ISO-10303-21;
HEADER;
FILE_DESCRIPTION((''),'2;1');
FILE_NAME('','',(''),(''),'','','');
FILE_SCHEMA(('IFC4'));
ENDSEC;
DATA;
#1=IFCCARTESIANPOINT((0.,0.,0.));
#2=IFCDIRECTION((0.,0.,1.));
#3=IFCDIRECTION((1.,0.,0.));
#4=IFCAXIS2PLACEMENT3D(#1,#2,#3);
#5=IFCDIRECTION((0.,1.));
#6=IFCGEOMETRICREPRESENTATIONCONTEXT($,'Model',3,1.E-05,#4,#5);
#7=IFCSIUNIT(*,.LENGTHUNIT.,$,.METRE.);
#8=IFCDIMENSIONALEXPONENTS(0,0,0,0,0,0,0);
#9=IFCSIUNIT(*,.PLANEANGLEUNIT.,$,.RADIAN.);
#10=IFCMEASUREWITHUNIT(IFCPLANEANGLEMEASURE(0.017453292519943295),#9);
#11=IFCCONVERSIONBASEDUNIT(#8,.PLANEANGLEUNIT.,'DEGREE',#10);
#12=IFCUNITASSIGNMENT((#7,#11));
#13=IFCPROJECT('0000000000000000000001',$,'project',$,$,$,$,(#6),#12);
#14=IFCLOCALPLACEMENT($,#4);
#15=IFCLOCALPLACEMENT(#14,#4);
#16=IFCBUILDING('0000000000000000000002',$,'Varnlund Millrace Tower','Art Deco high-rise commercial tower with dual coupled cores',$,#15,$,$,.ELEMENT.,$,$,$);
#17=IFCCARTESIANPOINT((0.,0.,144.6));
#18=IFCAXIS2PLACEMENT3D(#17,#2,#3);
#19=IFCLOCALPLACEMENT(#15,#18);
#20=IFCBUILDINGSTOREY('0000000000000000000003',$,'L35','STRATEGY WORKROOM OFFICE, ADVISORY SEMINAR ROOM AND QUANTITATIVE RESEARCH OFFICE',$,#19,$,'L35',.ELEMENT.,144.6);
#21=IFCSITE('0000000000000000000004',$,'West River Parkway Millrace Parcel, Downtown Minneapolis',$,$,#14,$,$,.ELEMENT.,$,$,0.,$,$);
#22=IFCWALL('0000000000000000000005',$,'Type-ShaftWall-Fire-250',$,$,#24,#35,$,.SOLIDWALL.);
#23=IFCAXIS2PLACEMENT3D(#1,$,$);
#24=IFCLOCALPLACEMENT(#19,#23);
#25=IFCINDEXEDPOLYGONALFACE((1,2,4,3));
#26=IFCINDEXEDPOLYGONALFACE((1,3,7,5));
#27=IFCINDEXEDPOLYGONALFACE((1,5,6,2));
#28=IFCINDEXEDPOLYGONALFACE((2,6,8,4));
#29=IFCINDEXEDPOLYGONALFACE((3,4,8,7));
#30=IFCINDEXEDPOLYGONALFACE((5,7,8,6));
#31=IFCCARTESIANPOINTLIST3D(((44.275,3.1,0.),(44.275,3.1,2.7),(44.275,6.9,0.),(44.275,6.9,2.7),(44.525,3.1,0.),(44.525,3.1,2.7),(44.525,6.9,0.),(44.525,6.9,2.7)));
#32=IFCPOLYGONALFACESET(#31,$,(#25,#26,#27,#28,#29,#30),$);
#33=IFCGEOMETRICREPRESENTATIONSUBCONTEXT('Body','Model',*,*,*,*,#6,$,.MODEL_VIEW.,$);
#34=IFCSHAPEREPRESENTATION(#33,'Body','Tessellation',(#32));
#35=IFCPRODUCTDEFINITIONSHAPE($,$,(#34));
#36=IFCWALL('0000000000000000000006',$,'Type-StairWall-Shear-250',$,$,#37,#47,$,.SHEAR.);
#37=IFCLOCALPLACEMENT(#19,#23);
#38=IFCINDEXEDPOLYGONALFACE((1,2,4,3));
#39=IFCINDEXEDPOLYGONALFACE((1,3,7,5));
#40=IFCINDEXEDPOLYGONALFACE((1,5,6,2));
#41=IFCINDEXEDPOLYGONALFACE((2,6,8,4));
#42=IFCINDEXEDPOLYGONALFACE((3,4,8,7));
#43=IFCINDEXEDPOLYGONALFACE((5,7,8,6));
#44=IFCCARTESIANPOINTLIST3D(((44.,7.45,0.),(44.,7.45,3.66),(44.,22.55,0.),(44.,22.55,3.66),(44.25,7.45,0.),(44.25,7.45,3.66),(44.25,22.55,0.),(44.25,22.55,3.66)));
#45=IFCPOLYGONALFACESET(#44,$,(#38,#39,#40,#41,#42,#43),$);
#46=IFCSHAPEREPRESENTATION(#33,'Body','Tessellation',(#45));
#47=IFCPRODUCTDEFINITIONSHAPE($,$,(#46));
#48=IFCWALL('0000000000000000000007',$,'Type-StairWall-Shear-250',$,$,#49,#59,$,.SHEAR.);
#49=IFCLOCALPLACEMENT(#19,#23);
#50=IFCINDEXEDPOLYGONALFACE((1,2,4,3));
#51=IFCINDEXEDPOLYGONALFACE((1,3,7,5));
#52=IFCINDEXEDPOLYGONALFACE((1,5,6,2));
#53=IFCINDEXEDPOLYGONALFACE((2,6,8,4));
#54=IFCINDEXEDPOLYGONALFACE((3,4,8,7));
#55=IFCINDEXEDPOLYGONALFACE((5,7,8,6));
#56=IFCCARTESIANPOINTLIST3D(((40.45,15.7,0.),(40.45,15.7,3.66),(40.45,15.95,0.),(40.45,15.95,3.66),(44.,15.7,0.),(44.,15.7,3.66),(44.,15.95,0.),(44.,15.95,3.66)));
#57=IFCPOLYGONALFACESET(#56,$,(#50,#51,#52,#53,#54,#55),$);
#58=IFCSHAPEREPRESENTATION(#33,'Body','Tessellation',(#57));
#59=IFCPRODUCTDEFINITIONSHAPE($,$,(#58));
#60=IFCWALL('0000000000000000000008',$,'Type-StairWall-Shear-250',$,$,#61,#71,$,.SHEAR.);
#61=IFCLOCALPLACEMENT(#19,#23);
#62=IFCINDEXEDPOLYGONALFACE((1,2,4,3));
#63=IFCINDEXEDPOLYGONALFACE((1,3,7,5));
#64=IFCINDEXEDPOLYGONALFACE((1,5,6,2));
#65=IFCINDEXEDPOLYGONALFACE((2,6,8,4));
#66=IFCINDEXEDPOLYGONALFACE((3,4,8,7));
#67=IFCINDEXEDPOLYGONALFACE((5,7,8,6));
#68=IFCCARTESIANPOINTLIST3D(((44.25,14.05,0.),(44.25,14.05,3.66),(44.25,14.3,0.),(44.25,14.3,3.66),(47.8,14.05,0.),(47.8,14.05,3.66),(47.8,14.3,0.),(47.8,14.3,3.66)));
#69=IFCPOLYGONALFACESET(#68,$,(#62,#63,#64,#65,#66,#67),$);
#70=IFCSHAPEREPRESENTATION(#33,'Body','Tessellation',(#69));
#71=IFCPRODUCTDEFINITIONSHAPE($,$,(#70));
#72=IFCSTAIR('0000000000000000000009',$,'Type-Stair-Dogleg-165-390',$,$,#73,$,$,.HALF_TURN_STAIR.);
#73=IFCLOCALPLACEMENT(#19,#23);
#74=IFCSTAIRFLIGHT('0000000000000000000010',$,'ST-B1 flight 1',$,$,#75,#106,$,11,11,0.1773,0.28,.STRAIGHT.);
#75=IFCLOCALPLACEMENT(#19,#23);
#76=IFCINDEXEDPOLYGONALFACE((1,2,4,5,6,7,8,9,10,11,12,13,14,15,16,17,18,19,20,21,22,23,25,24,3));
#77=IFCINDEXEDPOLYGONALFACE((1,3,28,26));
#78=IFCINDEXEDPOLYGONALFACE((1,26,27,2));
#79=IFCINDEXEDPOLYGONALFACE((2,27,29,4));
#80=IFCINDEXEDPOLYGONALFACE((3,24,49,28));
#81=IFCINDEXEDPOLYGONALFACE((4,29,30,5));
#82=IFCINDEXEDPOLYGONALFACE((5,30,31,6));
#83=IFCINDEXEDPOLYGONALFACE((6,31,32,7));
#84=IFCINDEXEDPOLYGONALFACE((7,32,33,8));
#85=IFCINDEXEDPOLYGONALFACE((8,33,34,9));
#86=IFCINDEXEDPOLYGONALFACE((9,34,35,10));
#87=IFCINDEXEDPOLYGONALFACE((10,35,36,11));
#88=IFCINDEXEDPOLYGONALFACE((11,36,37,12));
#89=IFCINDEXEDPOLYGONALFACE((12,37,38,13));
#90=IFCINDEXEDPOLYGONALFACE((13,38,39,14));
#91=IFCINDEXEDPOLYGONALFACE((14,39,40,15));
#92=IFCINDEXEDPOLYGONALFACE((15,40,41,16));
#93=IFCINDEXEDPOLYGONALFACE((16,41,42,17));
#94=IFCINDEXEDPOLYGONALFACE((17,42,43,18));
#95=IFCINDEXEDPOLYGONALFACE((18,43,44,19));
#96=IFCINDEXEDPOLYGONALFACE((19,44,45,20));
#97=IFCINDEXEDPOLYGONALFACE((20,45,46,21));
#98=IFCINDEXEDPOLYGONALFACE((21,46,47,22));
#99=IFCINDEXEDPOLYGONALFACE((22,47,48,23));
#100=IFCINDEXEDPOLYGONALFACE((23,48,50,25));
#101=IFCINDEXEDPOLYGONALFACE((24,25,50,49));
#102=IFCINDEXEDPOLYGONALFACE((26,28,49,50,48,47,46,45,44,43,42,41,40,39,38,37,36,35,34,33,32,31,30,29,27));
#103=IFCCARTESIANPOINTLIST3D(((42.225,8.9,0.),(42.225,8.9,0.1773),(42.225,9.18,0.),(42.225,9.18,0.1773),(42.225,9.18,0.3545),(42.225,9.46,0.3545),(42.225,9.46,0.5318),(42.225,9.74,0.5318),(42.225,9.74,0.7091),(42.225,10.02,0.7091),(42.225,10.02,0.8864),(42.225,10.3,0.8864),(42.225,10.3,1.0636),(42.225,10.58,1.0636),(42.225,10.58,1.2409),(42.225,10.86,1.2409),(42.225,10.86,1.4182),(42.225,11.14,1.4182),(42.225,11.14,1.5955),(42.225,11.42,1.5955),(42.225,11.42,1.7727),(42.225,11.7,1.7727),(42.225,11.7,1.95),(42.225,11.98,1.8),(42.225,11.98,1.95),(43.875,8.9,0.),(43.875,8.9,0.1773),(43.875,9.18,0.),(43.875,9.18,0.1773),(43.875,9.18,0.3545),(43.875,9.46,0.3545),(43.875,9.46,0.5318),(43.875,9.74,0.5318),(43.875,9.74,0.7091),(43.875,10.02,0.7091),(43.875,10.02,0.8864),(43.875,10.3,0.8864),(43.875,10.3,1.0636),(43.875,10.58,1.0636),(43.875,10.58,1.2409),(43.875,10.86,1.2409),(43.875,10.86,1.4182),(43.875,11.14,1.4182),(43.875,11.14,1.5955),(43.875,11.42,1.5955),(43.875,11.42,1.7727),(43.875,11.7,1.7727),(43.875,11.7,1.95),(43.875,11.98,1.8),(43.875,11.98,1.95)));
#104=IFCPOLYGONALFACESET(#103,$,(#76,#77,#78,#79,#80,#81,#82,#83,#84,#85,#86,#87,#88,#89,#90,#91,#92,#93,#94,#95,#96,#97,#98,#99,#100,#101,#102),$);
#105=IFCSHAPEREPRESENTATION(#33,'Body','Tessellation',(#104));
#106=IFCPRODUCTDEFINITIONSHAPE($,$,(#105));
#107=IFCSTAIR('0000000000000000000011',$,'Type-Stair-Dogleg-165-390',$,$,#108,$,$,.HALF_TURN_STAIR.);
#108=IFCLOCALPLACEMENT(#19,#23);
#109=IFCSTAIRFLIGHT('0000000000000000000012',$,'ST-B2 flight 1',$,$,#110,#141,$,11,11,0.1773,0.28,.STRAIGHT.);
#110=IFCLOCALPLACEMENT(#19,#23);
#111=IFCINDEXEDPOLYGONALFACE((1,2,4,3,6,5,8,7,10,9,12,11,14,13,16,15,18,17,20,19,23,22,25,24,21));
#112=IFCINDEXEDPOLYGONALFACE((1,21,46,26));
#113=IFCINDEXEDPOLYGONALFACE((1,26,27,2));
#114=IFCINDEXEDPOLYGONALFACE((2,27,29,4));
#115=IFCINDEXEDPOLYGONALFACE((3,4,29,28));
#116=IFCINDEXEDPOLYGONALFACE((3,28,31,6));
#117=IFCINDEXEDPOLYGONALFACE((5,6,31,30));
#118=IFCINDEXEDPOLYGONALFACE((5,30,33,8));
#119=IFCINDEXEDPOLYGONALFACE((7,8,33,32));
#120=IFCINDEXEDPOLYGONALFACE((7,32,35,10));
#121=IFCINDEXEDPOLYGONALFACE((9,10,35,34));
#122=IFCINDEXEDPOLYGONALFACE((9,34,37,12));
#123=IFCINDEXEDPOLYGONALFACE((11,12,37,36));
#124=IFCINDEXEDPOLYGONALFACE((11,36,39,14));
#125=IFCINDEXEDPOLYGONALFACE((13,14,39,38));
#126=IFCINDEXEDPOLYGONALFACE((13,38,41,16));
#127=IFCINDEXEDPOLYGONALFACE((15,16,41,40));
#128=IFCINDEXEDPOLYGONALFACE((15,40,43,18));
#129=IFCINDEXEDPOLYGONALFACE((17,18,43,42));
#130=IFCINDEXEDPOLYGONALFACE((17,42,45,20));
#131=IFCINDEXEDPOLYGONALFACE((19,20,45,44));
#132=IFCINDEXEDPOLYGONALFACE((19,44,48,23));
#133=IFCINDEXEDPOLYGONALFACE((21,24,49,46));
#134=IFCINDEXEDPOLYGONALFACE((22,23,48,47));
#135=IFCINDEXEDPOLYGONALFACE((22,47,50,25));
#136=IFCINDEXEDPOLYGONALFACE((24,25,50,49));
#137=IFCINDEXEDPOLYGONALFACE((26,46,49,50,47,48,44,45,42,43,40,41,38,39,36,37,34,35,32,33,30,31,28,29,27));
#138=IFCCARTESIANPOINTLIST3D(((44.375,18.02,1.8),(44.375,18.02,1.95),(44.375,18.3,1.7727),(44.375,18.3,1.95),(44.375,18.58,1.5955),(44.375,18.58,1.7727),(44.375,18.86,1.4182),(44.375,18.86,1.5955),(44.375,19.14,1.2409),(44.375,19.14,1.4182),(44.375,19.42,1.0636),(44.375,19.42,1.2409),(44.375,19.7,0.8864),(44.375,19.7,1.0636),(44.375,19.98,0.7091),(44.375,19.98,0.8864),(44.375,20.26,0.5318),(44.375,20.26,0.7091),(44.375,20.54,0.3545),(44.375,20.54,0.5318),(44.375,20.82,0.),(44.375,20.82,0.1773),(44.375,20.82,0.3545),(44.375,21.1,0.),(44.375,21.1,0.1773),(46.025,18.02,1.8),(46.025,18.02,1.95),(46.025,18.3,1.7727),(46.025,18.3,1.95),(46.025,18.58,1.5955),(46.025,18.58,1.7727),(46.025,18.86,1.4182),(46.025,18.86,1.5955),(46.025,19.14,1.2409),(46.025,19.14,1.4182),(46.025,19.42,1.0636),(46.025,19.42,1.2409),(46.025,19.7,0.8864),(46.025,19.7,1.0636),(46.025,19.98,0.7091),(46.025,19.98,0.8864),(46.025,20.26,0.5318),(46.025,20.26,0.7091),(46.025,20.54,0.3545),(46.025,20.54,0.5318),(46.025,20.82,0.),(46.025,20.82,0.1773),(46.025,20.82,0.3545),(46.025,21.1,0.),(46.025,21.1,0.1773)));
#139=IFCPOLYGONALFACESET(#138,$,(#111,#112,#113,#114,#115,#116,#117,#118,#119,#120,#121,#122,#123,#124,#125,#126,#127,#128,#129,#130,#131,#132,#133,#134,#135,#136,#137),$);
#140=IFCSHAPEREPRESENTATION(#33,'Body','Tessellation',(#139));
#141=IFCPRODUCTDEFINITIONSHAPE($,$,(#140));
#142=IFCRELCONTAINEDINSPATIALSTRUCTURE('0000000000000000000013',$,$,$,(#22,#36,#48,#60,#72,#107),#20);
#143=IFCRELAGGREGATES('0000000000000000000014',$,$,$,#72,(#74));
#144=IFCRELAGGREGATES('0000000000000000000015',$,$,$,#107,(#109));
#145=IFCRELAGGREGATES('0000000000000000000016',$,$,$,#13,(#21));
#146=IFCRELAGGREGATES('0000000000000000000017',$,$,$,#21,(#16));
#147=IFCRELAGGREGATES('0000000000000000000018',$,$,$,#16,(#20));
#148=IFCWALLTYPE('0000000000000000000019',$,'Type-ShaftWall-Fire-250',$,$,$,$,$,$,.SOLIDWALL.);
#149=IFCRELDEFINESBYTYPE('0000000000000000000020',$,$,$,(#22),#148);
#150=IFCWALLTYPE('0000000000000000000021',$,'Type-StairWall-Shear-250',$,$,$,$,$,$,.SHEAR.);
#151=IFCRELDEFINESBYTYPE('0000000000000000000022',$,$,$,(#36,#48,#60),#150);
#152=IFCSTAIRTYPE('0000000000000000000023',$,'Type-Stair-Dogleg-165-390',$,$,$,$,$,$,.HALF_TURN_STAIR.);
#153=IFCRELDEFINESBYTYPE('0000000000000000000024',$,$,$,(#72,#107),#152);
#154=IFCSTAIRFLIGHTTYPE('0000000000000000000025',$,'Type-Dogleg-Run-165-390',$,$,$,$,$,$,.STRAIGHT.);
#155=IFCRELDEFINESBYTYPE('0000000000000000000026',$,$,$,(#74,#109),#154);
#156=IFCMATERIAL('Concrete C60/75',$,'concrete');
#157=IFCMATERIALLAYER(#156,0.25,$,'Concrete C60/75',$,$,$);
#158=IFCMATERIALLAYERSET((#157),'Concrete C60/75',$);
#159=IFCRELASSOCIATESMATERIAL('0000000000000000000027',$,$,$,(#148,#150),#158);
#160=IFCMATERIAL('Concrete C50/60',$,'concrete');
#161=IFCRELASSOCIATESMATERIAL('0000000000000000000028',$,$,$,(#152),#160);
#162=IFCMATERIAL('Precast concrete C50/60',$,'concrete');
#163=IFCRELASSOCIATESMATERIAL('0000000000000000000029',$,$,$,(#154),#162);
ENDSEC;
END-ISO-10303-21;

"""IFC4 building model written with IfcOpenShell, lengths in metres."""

from ifc_helpers import new_model, entity, si_unit, converted_unit, direction, frame, origin_with_axes, place, context, subcontext, project, spatial, polyline, outline, extrude, material, layer, layer_set, type_object, element, aggregate, save


model = new_model("IFC4")

# Units and contexts
model_context = context("Model", 3, precision=1e-05, world=origin_with_axes(), true_north=direction((0.0, 1.0)))
body_context = subcontext(model_context, "Body", "Model", "MODEL_VIEW")
ifc_project = project(units=[si_unit("LENGTHUNIT", "METRE"), converted_unit("PLANEANGLEUNIT", "DEGREE", entity("IfcPlaneAngleMeasure", 0.017453292519943295), si_unit("PLANEANGLEUNIT", "RADIAN"), dimensions=[0, 0, 0, 0, 0, 0, 0])], contexts=[model_context])

# Site, building, storey
site_placement = place(None, origin_with_axes())
site = spatial("IfcSite", under=ifc_project, at=site_placement, Name="West River Parkway Millrace Parcel, Downtown Minneapolis", CompositionType="ELEMENT", RefElevation=0.0)
building_placement = place(site_placement, origin_with_axes())
building = spatial("IfcBuilding", under=site, at=building_placement, Name="Varnlund Millrace Tower", Description="Art Deco high-rise commercial tower with dual coupled cores", CompositionType="ELEMENT")
storey_placement = place(building_placement, frame((0.0, 0.0, 144.6), z_axis=(0.0, 0.0, 1.0), x_axis=(1.0, 0.0, 0.0)))
storey = spatial("IfcBuildingStorey", under=building, at=storey_placement, Name="L35", Description="STRATEGY WORKROOM OFFICE, ADVISORY SEMINAR ROOM AND QUANTITATIVE RESEARCH OFFICE", LongName="L35", CompositionType="ELEMENT", Elevation=144.6)

# Shared definitions
ifc_material_1 = material(Name="Concrete C60/75", Category="concrete")
ifc_layer_1 = layer(ifc_material_1, 0.25, Name="Concrete C60/75")
ifc_layer_set_1 = layer_set([ifc_layer_1], Name="Concrete C60/75")
wall_type_1 = type_object("IfcWallType", Name="Type-ShaftWall-Fire-250", PredefinedType="SOLIDWALL", material=ifc_layer_set_1)

# Walls
wall_1_placement = place(storey_placement, frame((44.4, 3.1, 0.0), z_axis=(0.0, 0.0, 1.0), x_axis=(0.0, 1.0, 0.0)))
element("IfcWall", 1, at=wall_1_placement, inside=storey, type_object=wall_type_1, Name="Type-ShaftWall-Fire-250", PredefinedType="SOLIDWALL", context=body_context, shape_type="SweptSolid", body=[
    extrude(outline(polyline([(0.0, -0.125), (3.8, -0.125), (3.8, 0.125), (0.0, 0.125), (0.0, -0.125)])), origin_with_axes(), (0.0, 0.0, 1.0), 2.7),
])
wall_type_2 = type_object("IfcWallType", Name="Type-StairWall-Shear-250", PredefinedType="SHEAR", material=ifc_layer_set_1)
wall_2_placement = place(storey_placement, frame((44.125, 7.45, 0.0), z_axis=(0.0, 0.0, 1.0), x_axis=(0.0, 1.0, 0.0)))
element("IfcWall", 2, at=wall_2_placement, inside=storey, type_object=wall_type_2, Name="Type-StairWall-Shear-250", PredefinedType="SHEAR", context=body_context, shape_type="SweptSolid", body=[
    extrude(outline(polyline([(0.0, -0.125), (15.1, -0.125), (15.1, 0.125), (0.0, 0.125), (0.0, -0.125)])), origin_with_axes(), (0.0, 0.0, 1.0), 3.66),
])
for number, where, z_axis, x_axis, name in (
    (3, (40.45, 15.825, 0.0), (0.0, 0.0, 1.0), (1.0, 0.0, 0.0), "Type-StairWall-Shear-250"),
    (4, (44.25, 14.175, 0.0), (0.0, 0.0, 1.0), (1.0, 0.0, 0.0), "Type-StairWall-Shear-250"),
):
    element("IfcWall", number, at=place(storey_placement, frame(where, z_axis=z_axis, x_axis=x_axis)), inside=storey, type_object=wall_type_2, Name=name, PredefinedType="SHEAR", context=body_context, shape_type="SweptSolid", body=[
        extrude(outline(polyline([(0.0, -0.125), (3.55, -0.125), (3.55, 0.125), (0.0, 0.125), (0.0, -0.125)])), origin_with_axes(), (0.0, 0.0, 1.0), 3.66),
    ])

# Stairs, stair flights
ifc_material_2 = material(Name="Concrete C50/60", Category="concrete")
stair_type = type_object("IfcStairType", Name="Type-Stair-Dogleg-165-390", PredefinedType="HALF_TURN_STAIR", material=ifc_material_2)
stair_1_placement = place(storey_placement, origin_with_axes())
stair_1 = element("IfcStair", 5, at=stair_1_placement, inside=storey, type_object=stair_type, Name="Type-Stair-Dogleg-165-390", PredefinedType="HALF_TURN_STAIR")
ifc_material_3 = material(Name="Precast concrete C50/60", Category="concrete")
stair_flight_type = type_object("IfcStairFlightType", Name="Type-Dogleg-Run-165-390", PredefinedType="STRAIGHT", material=ifc_material_3)
stair_flight_1_placement = place(storey_placement, frame((42.225, 8.9, 0.0), z_axis=(1.0, 0.0, 0.0), x_axis=(0.0, 1.0, 0.0)))
stair_flight_1 = element("IfcStairFlight", 6, at=stair_flight_1_placement, type_object=stair_flight_type, Name="ST-B1 flight 1", NumberOfRisers=11, NumberOfTreads=11, PredefinedType="STRAIGHT", RiserHeight=0.1773, TreadLength=0.28, context=body_context, shape_type="SweptSolid", body=[
    extrude(outline(polyline([(0.0, 0.0), (0.0, 0.1773), (0.28, 0.1773), (0.28, 0.3545), (0.56, 0.3545), (0.56, 0.5318), (0.84, 0.5318), (0.84, 0.7091), (1.12, 0.7091), (1.12, 0.8864), (1.4, 0.8864), (1.4, 1.0636), (1.68, 1.0636), (1.68, 1.2409), (1.96, 1.2409), (1.96, 1.4182), (2.24, 1.4182), (2.24, 1.5955), (2.52, 1.5955), (2.52, 1.7727), (2.8, 1.7727), (2.8, 1.95), (3.08, 1.95), (3.08, 1.8), (0.28, 0.0), (0.0, 0.0)])), origin_with_axes(), (0.0, 0.0, 1.0), 1.65),
])
aggregate(stair_1, [stair_flight_1])
stair_2_placement = place(storey_placement, origin_with_axes())
stair_2 = element("IfcStair", 7, at=stair_2_placement, inside=storey, type_object=stair_type, Name="Type-Stair-Dogleg-165-390", PredefinedType="HALF_TURN_STAIR")
stair_flight_2_placement = place(storey_placement, frame((46.025, 21.1, 0.0), z_axis=(-1.0, 0.0, 0.0), x_axis=(0.0, -1.0, 0.0)))
stair_flight_2 = element("IfcStairFlight", 8, at=stair_flight_2_placement, type_object=stair_flight_type, Name="ST-B2 flight 1", NumberOfRisers=11, NumberOfTreads=11, PredefinedType="STRAIGHT", RiserHeight=0.1773, TreadLength=0.28, context=body_context, shape_type="SweptSolid", body=[
    extrude(outline(polyline([(0.0, 0.0), (0.0, 0.1773), (0.28, 0.1773), (0.28, 0.3545), (0.56, 0.3545), (0.56, 0.5318), (0.84, 0.5318), (0.84, 0.7091), (1.12, 0.7091), (1.12, 0.8864), (1.4, 0.8864), (1.4, 1.0636), (1.68, 1.0636), (1.68, 1.2409), (1.96, 1.2409), (1.96, 1.4182), (2.24, 1.4182), (2.24, 1.5955), (2.52, 1.5955), (2.52, 1.7727), (2.8, 1.7727), (2.8, 1.95), (3.08, 1.95), (3.08, 1.8), (0.28, 0.0), (0.0, 0.0)])), origin_with_axes(), (0.0, 0.0, 1.0), 1.65),
])
aggregate(stair_2, [stair_flight_2])

save(model, "model.ifc")
